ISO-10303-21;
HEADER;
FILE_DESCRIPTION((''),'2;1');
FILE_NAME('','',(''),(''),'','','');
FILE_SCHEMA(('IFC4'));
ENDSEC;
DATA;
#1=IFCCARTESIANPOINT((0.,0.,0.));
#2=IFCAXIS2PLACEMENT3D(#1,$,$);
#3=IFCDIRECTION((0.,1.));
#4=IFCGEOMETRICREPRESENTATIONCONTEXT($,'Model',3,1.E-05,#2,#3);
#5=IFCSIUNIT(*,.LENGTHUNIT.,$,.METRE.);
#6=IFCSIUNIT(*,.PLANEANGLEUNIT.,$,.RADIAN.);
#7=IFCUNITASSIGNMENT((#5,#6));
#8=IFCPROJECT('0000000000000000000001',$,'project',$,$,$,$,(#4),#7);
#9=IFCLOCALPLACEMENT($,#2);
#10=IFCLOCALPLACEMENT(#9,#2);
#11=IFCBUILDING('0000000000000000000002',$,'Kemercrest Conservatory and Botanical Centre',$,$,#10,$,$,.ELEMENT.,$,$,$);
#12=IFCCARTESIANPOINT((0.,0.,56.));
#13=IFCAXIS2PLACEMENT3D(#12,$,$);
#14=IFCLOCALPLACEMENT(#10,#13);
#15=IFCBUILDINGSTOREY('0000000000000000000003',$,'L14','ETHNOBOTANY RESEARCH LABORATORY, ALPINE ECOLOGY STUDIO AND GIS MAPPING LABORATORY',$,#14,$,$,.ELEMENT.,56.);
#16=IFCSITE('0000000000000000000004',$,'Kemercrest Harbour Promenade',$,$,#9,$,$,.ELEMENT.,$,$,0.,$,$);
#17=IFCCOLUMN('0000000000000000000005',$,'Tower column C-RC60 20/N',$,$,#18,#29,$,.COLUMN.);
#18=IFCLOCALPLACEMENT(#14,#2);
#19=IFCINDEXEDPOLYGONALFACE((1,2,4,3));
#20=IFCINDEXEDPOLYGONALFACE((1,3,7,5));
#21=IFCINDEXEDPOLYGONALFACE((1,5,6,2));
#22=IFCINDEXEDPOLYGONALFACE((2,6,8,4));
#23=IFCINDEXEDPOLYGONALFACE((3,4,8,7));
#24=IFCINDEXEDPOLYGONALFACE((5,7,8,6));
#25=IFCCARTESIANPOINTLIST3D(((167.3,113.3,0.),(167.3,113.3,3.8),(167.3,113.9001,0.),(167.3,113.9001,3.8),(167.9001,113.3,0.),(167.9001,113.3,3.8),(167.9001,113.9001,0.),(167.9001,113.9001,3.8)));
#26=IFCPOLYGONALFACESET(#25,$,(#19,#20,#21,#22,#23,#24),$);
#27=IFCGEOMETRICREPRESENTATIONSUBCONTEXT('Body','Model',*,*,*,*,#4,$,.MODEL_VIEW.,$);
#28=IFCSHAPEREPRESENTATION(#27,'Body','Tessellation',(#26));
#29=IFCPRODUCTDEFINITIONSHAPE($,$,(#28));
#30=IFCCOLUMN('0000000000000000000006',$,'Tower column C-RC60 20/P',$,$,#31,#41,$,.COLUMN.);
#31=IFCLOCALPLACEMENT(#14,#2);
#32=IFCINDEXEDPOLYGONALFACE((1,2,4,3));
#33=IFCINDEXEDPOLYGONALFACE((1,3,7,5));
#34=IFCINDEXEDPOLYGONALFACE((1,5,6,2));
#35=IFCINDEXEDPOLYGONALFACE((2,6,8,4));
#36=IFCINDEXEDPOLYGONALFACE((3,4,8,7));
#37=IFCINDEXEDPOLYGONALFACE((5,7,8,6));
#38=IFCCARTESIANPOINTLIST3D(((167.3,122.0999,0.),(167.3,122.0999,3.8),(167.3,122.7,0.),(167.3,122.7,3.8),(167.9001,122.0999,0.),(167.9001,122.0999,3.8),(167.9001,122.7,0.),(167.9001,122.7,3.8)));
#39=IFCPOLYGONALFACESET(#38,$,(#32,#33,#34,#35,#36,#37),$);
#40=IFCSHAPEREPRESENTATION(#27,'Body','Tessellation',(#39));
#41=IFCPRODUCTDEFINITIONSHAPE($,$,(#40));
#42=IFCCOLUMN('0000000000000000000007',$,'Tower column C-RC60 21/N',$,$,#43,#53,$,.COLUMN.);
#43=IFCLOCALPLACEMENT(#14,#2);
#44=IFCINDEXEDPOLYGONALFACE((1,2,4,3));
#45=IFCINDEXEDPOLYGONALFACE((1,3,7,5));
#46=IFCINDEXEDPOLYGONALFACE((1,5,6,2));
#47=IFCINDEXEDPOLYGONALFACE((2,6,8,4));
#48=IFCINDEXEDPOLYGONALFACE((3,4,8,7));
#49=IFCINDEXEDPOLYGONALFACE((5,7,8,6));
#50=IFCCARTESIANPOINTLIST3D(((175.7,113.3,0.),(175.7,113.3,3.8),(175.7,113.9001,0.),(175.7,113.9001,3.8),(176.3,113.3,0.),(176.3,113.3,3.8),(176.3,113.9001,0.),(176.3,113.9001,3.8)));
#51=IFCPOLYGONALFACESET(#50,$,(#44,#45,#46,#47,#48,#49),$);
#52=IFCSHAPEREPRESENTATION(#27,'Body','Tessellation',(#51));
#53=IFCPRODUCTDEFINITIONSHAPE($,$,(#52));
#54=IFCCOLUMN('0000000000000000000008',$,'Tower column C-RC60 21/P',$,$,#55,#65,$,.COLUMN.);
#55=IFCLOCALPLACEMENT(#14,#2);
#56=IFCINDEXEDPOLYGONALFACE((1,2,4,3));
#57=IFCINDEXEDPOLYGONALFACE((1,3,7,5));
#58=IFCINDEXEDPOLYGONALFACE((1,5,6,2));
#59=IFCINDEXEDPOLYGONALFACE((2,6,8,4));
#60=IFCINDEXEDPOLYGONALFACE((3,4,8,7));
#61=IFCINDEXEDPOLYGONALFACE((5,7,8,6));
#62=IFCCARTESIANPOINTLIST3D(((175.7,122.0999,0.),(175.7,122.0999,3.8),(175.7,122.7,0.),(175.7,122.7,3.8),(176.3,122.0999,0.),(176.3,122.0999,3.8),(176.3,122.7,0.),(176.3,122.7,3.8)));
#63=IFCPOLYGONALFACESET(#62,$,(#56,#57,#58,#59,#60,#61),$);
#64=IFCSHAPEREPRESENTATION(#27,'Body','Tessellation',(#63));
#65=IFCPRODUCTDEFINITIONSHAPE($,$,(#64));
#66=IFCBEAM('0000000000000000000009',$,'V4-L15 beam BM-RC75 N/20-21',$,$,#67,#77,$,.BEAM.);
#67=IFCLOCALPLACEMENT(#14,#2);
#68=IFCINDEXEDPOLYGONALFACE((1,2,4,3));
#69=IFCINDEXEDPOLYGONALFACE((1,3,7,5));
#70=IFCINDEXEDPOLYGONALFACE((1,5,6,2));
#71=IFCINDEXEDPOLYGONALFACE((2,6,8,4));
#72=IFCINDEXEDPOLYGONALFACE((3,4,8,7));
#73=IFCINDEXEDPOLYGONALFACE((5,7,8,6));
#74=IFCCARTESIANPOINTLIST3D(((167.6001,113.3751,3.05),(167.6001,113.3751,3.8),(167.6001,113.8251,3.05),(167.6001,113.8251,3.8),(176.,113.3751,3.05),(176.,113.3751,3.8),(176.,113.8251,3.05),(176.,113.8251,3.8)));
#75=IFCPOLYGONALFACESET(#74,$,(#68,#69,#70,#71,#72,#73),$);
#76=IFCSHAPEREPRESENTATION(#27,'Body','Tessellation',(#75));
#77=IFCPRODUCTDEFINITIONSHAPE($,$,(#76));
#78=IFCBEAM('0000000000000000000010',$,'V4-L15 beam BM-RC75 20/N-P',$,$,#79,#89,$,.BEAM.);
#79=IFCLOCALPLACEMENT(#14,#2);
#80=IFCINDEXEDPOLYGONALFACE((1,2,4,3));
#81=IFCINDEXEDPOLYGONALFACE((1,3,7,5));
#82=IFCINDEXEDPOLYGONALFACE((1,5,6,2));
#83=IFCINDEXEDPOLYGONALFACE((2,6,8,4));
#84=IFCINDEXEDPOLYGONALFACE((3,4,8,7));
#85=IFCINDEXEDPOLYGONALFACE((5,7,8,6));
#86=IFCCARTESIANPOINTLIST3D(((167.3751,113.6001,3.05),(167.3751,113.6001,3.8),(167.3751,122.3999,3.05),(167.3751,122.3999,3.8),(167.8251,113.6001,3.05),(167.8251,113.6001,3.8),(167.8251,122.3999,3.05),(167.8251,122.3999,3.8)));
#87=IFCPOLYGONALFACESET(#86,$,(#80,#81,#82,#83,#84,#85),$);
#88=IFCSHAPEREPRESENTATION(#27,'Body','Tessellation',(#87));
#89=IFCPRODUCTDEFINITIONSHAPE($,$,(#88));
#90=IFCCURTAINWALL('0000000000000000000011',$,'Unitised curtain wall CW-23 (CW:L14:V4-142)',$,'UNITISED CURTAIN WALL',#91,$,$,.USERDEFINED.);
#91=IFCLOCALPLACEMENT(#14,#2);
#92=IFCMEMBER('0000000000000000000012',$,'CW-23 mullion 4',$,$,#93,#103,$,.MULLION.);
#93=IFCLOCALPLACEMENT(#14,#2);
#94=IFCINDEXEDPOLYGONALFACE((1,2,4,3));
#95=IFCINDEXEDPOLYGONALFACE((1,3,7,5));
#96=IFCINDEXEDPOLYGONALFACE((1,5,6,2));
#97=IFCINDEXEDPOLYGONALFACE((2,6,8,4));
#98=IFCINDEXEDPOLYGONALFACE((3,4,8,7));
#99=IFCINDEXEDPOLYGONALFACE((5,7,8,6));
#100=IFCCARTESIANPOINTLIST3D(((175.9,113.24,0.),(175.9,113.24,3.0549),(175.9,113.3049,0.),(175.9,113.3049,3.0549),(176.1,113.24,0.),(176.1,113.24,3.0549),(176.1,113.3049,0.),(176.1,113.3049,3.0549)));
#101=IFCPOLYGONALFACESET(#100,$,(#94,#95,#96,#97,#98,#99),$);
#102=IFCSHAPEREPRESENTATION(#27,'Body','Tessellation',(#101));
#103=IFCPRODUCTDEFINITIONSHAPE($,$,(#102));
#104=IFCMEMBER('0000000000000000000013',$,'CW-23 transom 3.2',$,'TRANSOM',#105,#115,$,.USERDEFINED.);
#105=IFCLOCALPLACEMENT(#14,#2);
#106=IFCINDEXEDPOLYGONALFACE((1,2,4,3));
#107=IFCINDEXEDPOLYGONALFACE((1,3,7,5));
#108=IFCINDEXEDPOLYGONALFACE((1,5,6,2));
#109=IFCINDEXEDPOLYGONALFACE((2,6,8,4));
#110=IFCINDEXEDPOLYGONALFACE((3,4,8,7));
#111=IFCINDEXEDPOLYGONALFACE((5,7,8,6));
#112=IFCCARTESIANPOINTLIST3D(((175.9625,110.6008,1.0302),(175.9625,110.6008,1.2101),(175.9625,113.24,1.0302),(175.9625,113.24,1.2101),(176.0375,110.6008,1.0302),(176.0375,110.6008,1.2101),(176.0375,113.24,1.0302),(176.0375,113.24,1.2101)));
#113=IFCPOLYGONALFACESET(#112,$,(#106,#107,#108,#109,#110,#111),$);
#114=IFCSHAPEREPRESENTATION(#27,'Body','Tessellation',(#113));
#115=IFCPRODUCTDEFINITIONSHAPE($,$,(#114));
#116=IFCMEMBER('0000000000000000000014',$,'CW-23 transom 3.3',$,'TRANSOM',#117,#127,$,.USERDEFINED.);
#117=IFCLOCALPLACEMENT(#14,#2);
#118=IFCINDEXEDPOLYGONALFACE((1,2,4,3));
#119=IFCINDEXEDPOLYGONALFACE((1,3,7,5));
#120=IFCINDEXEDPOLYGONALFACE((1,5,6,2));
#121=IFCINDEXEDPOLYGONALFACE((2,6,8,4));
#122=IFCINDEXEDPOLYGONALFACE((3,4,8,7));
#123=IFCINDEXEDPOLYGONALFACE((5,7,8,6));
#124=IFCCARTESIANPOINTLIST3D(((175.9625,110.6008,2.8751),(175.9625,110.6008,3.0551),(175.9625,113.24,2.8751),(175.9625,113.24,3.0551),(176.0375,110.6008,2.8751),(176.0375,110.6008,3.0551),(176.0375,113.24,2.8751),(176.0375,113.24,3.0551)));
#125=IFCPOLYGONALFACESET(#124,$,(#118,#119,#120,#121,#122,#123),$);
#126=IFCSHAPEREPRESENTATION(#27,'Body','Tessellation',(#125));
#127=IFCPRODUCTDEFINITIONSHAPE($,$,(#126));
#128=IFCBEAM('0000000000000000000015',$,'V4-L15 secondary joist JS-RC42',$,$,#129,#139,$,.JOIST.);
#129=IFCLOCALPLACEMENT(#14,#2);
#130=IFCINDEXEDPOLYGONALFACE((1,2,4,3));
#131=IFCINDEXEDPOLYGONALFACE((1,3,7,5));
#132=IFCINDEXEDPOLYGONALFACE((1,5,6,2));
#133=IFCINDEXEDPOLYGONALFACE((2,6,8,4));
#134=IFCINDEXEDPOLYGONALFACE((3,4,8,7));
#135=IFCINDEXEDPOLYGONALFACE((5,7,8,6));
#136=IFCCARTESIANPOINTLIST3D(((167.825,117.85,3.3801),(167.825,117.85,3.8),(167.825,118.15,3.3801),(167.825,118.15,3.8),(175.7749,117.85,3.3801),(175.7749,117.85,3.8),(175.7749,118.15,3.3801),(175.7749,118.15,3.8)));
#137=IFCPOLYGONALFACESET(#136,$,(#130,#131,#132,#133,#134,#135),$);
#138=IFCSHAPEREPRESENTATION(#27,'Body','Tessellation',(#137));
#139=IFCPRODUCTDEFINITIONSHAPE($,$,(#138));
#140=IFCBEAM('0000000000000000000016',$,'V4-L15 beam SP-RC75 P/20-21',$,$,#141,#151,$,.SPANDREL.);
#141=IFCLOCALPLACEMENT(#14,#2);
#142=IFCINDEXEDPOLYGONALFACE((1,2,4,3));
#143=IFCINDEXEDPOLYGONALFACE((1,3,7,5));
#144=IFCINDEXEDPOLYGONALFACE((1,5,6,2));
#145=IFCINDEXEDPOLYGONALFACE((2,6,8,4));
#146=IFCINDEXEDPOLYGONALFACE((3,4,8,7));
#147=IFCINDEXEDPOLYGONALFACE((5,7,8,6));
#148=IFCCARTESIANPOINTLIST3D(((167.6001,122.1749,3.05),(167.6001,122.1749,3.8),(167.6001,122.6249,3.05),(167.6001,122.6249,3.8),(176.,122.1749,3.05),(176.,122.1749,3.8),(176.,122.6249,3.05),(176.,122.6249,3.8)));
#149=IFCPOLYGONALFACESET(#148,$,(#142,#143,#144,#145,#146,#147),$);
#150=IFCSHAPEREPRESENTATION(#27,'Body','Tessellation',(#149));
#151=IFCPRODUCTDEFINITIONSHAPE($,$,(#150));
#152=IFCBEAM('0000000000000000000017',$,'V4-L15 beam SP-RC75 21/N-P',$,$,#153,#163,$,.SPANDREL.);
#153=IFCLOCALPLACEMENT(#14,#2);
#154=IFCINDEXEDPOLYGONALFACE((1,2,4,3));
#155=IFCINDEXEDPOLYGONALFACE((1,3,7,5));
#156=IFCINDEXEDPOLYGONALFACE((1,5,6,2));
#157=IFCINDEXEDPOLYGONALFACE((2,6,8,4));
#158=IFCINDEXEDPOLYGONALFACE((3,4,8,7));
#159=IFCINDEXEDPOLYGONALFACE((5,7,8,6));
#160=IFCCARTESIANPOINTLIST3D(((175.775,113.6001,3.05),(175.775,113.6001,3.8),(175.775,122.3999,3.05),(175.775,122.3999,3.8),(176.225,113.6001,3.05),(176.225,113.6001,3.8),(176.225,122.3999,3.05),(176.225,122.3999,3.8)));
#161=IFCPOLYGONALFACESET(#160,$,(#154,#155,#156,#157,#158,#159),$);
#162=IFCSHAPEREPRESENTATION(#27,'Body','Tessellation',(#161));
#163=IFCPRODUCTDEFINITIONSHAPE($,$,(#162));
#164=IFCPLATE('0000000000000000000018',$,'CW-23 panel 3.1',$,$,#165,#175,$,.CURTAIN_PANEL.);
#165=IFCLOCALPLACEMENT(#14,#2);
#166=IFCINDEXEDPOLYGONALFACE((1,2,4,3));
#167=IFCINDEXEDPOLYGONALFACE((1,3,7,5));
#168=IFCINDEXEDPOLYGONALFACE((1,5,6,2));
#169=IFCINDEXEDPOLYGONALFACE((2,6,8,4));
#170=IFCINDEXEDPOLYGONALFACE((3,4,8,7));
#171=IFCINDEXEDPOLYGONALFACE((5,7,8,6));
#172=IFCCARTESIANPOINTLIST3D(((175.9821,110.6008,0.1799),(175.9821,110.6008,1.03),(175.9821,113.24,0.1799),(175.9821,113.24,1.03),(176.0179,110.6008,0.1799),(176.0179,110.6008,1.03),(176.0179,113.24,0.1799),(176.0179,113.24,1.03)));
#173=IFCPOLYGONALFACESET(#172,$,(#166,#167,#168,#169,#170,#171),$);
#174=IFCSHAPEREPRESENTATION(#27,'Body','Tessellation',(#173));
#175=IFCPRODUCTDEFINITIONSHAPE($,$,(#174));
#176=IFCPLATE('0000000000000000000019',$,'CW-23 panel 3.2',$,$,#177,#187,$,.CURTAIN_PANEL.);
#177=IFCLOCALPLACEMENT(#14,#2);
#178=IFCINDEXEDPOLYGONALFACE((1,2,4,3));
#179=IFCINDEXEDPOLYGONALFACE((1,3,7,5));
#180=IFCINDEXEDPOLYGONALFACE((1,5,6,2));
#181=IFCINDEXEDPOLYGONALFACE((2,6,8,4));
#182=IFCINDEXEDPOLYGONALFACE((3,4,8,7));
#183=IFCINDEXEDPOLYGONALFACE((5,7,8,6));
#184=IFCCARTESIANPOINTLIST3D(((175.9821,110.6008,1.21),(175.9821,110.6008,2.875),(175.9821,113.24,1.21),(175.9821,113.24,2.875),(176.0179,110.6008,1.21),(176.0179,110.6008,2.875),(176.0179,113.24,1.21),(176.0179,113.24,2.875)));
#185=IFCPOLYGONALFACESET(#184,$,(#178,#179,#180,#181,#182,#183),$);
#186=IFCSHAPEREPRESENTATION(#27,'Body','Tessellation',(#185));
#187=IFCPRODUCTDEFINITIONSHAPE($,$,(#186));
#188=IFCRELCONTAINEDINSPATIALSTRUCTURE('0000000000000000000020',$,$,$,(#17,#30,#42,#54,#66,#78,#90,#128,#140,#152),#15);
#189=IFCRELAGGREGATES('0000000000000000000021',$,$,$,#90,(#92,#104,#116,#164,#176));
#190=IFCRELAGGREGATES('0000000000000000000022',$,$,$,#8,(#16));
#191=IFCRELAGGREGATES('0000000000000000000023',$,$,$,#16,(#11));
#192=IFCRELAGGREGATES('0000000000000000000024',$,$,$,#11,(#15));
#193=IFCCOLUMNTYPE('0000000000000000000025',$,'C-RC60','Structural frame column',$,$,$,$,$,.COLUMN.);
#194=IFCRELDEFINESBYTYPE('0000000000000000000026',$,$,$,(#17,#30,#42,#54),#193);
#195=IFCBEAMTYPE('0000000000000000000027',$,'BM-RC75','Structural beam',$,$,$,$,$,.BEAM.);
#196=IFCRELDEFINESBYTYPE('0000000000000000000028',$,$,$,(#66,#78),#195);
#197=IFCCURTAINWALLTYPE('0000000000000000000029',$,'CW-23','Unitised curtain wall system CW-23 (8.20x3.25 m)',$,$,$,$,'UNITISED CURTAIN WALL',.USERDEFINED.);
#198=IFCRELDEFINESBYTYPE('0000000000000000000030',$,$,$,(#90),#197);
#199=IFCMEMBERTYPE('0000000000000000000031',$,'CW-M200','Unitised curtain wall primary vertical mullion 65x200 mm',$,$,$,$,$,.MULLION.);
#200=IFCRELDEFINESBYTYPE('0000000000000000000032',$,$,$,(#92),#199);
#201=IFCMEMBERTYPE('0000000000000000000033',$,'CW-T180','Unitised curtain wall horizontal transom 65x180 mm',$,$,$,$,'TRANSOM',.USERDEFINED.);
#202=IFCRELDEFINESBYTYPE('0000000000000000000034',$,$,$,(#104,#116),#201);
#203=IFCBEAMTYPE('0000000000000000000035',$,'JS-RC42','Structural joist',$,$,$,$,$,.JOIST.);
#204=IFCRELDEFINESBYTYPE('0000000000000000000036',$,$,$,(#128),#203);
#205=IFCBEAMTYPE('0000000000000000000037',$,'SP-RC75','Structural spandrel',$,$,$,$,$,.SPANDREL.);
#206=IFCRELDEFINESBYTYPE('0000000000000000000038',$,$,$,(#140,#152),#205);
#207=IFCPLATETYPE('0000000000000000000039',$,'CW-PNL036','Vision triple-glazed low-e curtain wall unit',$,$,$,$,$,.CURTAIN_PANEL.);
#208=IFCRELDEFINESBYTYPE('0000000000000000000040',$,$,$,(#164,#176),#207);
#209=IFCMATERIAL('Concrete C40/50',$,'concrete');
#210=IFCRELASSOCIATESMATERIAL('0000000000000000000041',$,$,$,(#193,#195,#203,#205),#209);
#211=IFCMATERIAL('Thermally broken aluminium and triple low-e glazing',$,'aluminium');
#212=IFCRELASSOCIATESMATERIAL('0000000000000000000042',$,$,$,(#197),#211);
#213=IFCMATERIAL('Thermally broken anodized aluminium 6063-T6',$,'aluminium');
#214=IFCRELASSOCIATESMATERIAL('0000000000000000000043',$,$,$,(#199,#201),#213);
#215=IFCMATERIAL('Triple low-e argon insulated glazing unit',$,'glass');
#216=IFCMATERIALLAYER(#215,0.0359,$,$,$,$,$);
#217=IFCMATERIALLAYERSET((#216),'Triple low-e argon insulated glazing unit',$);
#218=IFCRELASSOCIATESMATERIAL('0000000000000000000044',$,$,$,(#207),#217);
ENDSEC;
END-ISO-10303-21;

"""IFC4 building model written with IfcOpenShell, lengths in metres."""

from ifc_helpers import new_model, si_unit, direction, frame, origin, origin_2d, place, context, subcontext, project, spatial, rectangle, extrude, material, layer, layer_set, material_profile, profile_set, type_object, element, aggregate, save


model = new_model("IFC4")

# Units and contexts
model_context = context("Model", 3, precision=1e-05, world=origin(), true_north=direction((0.0, 1.0)))
body_context = subcontext(model_context, "Body", "Model", "MODEL_VIEW")
ifc_project = project(units=[si_unit("LENGTHUNIT", "METRE"), si_unit("PLANEANGLEUNIT", "RADIAN")], contexts=[model_context])

# Site, building, storey
site_placement = place(None, origin())
site = spatial("IfcSite", under=ifc_project, at=site_placement, Name="Kemercrest Harbour Promenade", CompositionType="ELEMENT", RefElevation=0.0)
building_placement = place(site_placement, origin())
building = spatial("IfcBuilding", under=site, at=building_placement, Name="Kemercrest Conservatory and Botanical Centre", CompositionType="ELEMENT")
storey_placement = place(building_placement, frame((0.0, 0.0, 56.0)))
storey = spatial("IfcBuildingStorey", under=building, at=storey_placement, Name="L14", Description="ETHNOBOTANY RESEARCH LABORATORY, ALPINE ECOLOGY STUDIO AND GIS MAPPING LABORATORY", CompositionType="ELEMENT", Elevation=56.0)

# Columns
ifc_material_1 = material(Name="Concrete C40/50", Category="concrete")
ifc_material_profile_1 = material_profile(ifc_material_1, rectangle(XDim=0.6001, YDim=0.6001, at=origin_2d()), Name="RC 600x600")
ifc_profile_set_1 = profile_set([ifc_material_profile_1], Name="Concrete C40/50")
column_type = type_object("IfcColumnType", Name="C-RC60", Description="Structural frame column", PredefinedType="COLUMN", material=ifc_profile_set_1)
for number, where, z_axis, x_axis, name in (
    (1, (167.6001, 113.6001, 0.0), (0.0, 0.0, 1.0), (1.0, 0.0, 0.0), "Tower column C-RC60 20/N"),
    (2, (167.6001, 122.3999, 0.0), (0.0, 0.0, 1.0), (1.0, 0.0, 0.0), "Tower column C-RC60 20/P"),
    (3, (176.0, 113.6001, 0.0), (0.0, 0.0, 1.0), (1.0, 0.0, 0.0), "Tower column C-RC60 21/N"),
    (4, (176.0, 122.3999, 0.0), (0.0, 0.0, 1.0), (1.0, 0.0, 0.0), "Tower column C-RC60 21/P"),
):
    element("IfcColumn", number, at=place(storey_placement, frame(where, z_axis=z_axis, x_axis=x_axis)), inside=storey, type_object=column_type, Name=name, PredefinedType="COLUMN", context=body_context, shape_type="SweptSolid", body=[
        extrude(rectangle(XDim=0.6001, YDim=0.6001, at=origin_2d()), origin(), (0.0, 0.0, 1.0), 3.8),
    ])

# Beams
ifc_material_profile_2 = material_profile(ifc_material_1, rectangle(XDim=0.45, YDim=0.75, at=origin_2d()), Name="RC 450x750")
ifc_profile_set_2 = profile_set([ifc_material_profile_2], Name="Concrete C40/50")
beam_type_1 = type_object("IfcBeamType", Name="BM-RC75", Description="Structural beam", PredefinedType="BEAM", material=ifc_profile_set_2)
beam_1_placement = place(storey_placement, frame((167.6001, 113.6001, 3.425), z_axis=(1.0, 0.0, 0.0), x_axis=(0.0, 1.0, 0.0)))
element("IfcBeam", 5, at=beam_1_placement, inside=storey, type_object=beam_type_1, Name="V4-L15 beam BM-RC75 N/20-21", PredefinedType="BEAM", context=body_context, shape_type="SweptSolid", body=[
    extrude(rectangle(XDim=0.45, YDim=0.75, at=origin_2d()), origin(), (0.0, 0.0, 1.0), 8.3999),
])
beam_2_placement = place(storey_placement, frame((167.6001, 113.6001, 3.425), z_axis=(0.0, 1.0, 0.0), x_axis=(-1.0, 0.0, 0.0)))
element("IfcBeam", 6, at=beam_2_placement, inside=storey, type_object=beam_type_1, Name="V4-L15 beam BM-RC75 20/N-P", PredefinedType="BEAM", context=body_context, shape_type="SweptSolid", body=[
    extrude(rectangle(XDim=0.45, YDim=0.75, at=origin_2d()), origin(), (0.0, 0.0, 1.0), 8.7998),
])

# Curtain wall, members
ifc_material_2 = material(Name="Thermally broken aluminium and triple low-e glazing", Category="aluminium")
curtain_wall_type = type_object("IfcCurtainWallType", Name="CW-23", Description="Unitised curtain wall system CW-23 (8.20x3.25 m)", ElementType="UNITISED CURTAIN WALL", PredefinedType="USERDEFINED", material=ifc_material_2)
curtain_wall_placement = place(storey_placement, origin())
curtain_wall = element("IfcCurtainWall", 7, at=curtain_wall_placement, inside=storey, type_object=curtain_wall_type, Name="Unitised curtain wall CW-23 (CW:L14:V4-142)", ObjectType="UNITISED CURTAIN WALL", PredefinedType="USERDEFINED")
ifc_material_3 = material(Name="Thermally broken anodized aluminium 6063-T6", Category="aluminium")
ifc_material_profile_3 = material_profile(ifc_material_3, rectangle(XDim=0.2, YDim=0.0649, at=origin_2d()), Name="AL MULLION 65x200")
ifc_profile_set_3 = profile_set([ifc_material_profile_3], Name="Thermally broken anodized aluminium 6063-T6")
member_type_1 = type_object("IfcMemberType", Name="CW-M200", Description="Unitised curtain wall primary vertical mullion 65x200 mm", PredefinedType="MULLION", material=ifc_profile_set_3)
member_1_placement = place(storey_placement, frame((176.0, 113.2725, 0.0), z_axis=(0.0, 0.0, 1.0), x_axis=(-1.0, 0.0, 0.0)))
member_1 = element("IfcMember", 8, at=member_1_placement, type_object=member_type_1, Name="CW-23 mullion 4", PredefinedType="MULLION", context=body_context, shape_type="SweptSolid", body=[
    extrude(rectangle(XDim=0.2, YDim=0.0649, at=origin_2d()), origin(), (0.0, 0.0, 1.0), 3.0549),
])
ifc_material_profile_4 = material_profile(ifc_material_3, rectangle(XDim=0.075, YDim=0.1799, at=origin_2d()), Name="AL TRANSOM 75x180")
ifc_profile_set_4 = profile_set([ifc_material_profile_4], Name="Thermally broken anodized aluminium 6063-T6")
member_type_2 = type_object("IfcMemberType", Name="CW-T180", Description="Unitised curtain wall horizontal transom 65x180 mm", ElementType="TRANSOM", PredefinedType="USERDEFINED", material=ifc_profile_set_4)
member_2_placement = place(storey_placement, frame((176.0, 110.6008, 1.1201), z_axis=(0.0, 1.0, 0.0), x_axis=(-1.0, 0.0, 0.0)))
member_2 = element("IfcMember", 9, at=member_2_placement, type_object=member_type_2, Name="CW-23 transom 3.2", ObjectType="TRANSOM", PredefinedType="USERDEFINED", context=body_context, shape_type="SweptSolid", body=[
    extrude(rectangle(XDim=0.075, YDim=0.1799, at=origin_2d()), origin(), (0.0, 0.0, 1.0), 2.6392),
])
member_3_placement = place(storey_placement, frame((176.0, 110.6008, 2.9651), z_axis=(0.0, 1.0, 0.0), x_axis=(-1.0, 0.0, 0.0)))
member_3 = element("IfcMember", 10, at=member_3_placement, type_object=member_type_2, Name="CW-23 transom 3.3", ObjectType="TRANSOM", PredefinedType="USERDEFINED", context=body_context, shape_type="SweptSolid", body=[
    extrude(rectangle(XDim=0.075, YDim=0.1799, at=origin_2d()), origin(), (0.0, 0.0, 1.0), 2.6392),
])

# Beams
ifc_material_profile_5 = material_profile(ifc_material_1, rectangle(XDim=0.3, YDim=0.4199, at=origin_2d()), Name="RC 300x420")
ifc_profile_set_5 = profile_set([ifc_material_profile_5], Name="Concrete C40/50")
beam_type_2 = type_object("IfcBeamType", Name="JS-RC42", Description="Structural joist", PredefinedType="JOIST", material=ifc_profile_set_5)
beam_3_placement = place(storey_placement, frame((167.825, 118.0, 3.5901), z_axis=(1.0, 0.0, 0.0), x_axis=(0.0, 1.0, 0.0)))
element("IfcBeam", 11, at=beam_3_placement, inside=storey, type_object=beam_type_2, Name="V4-L15 secondary joist JS-RC42", PredefinedType="JOIST", context=body_context, shape_type="SweptSolid", body=[
    extrude(rectangle(XDim=0.3, YDim=0.4199, at=origin_2d()), origin(), (0.0, 0.0, 1.0), 7.95),
])
ifc_material_profile_6 = material_profile(ifc_material_1, rectangle(XDim=0.45, YDim=0.75, at=origin_2d()), Name="RC 450x750")
ifc_profile_set_6 = profile_set([ifc_material_profile_6], Name="Concrete C40/50")
beam_type_3 = type_object("IfcBeamType", Name="SP-RC75", Description="Structural spandrel", PredefinedType="SPANDREL", material=ifc_profile_set_6)
beam_4_placement = place(storey_placement, frame((167.6001, 122.3999, 3.425), z_axis=(1.0, 0.0, 0.0), x_axis=(0.0, 1.0, 0.0)))
element("IfcBeam", 12, at=beam_4_placement, inside=storey, type_object=beam_type_3, Name="V4-L15 beam SP-RC75 P/20-21", PredefinedType="SPANDREL", context=body_context, shape_type="SweptSolid", body=[
    extrude(rectangle(XDim=0.45, YDim=0.75, at=origin_2d()), origin(), (0.0, 0.0, 1.0), 8.3999),
])
beam_5_placement = place(storey_placement, frame((176.0, 113.6001, 3.425), z_axis=(0.0, 1.0, 0.0), x_axis=(-1.0, 0.0, 0.0)))
element("IfcBeam", 13, at=beam_5_placement, inside=storey, type_object=beam_type_3, Name="V4-L15 beam SP-RC75 21/N-P", PredefinedType="SPANDREL", context=body_context, shape_type="SweptSolid", body=[
    extrude(rectangle(XDim=0.45, YDim=0.75, at=origin_2d()), origin(), (0.0, 0.0, 1.0), 8.7998),
])

# Plates
ifc_material_4 = material(Name="Triple low-e argon insulated glazing unit", Category="glass")
ifc_layer_1 = layer(ifc_material_4, 0.0359)
ifc_layer_set_1 = layer_set([ifc_layer_1], Name="Triple low-e argon insulated glazing unit")
plate_type = type_object("IfcPlateType", Name="CW-PNL036", Description="Vision triple-glazed low-e curtain wall unit", PredefinedType="CURTAIN_PANEL", material=ifc_layer_set_1)
plate_1_placement = place(storey_placement, frame((176.0, 111.9204, 0.1799), z_axis=(0.0, 0.0, 1.0), x_axis=(0.0, 1.0, 0.0)))
plate_1 = element("IfcPlate", 14, at=plate_1_placement, type_object=plate_type, Name="CW-23 panel 3.1", PredefinedType="CURTAIN_PANEL", context=body_context, shape_type="SweptSolid", body=[
    extrude(rectangle(XDim=2.6392, YDim=0.0359, at=origin_2d()), origin(), (0.0, 0.0, 1.0), 0.8501),
])
plate_2_placement = place(storey_placement, frame((176.0, 111.9204, 1.21), z_axis=(0.0, 0.0, 1.0), x_axis=(0.0, 1.0, 0.0)))
plate_2 = element("IfcPlate", 15, at=plate_2_placement, type_object=plate_type, Name="CW-23 panel 3.2", PredefinedType="CURTAIN_PANEL", context=body_context, shape_type="SweptSolid", body=[
    extrude(rectangle(XDim=2.6392, YDim=0.0359, at=origin_2d()), origin(), (0.0, 0.0, 1.0), 1.665),
])
aggregate(curtain_wall, [member_1, member_2, member_3, plate_1, plate_2])

save(model, "model.ifc")
